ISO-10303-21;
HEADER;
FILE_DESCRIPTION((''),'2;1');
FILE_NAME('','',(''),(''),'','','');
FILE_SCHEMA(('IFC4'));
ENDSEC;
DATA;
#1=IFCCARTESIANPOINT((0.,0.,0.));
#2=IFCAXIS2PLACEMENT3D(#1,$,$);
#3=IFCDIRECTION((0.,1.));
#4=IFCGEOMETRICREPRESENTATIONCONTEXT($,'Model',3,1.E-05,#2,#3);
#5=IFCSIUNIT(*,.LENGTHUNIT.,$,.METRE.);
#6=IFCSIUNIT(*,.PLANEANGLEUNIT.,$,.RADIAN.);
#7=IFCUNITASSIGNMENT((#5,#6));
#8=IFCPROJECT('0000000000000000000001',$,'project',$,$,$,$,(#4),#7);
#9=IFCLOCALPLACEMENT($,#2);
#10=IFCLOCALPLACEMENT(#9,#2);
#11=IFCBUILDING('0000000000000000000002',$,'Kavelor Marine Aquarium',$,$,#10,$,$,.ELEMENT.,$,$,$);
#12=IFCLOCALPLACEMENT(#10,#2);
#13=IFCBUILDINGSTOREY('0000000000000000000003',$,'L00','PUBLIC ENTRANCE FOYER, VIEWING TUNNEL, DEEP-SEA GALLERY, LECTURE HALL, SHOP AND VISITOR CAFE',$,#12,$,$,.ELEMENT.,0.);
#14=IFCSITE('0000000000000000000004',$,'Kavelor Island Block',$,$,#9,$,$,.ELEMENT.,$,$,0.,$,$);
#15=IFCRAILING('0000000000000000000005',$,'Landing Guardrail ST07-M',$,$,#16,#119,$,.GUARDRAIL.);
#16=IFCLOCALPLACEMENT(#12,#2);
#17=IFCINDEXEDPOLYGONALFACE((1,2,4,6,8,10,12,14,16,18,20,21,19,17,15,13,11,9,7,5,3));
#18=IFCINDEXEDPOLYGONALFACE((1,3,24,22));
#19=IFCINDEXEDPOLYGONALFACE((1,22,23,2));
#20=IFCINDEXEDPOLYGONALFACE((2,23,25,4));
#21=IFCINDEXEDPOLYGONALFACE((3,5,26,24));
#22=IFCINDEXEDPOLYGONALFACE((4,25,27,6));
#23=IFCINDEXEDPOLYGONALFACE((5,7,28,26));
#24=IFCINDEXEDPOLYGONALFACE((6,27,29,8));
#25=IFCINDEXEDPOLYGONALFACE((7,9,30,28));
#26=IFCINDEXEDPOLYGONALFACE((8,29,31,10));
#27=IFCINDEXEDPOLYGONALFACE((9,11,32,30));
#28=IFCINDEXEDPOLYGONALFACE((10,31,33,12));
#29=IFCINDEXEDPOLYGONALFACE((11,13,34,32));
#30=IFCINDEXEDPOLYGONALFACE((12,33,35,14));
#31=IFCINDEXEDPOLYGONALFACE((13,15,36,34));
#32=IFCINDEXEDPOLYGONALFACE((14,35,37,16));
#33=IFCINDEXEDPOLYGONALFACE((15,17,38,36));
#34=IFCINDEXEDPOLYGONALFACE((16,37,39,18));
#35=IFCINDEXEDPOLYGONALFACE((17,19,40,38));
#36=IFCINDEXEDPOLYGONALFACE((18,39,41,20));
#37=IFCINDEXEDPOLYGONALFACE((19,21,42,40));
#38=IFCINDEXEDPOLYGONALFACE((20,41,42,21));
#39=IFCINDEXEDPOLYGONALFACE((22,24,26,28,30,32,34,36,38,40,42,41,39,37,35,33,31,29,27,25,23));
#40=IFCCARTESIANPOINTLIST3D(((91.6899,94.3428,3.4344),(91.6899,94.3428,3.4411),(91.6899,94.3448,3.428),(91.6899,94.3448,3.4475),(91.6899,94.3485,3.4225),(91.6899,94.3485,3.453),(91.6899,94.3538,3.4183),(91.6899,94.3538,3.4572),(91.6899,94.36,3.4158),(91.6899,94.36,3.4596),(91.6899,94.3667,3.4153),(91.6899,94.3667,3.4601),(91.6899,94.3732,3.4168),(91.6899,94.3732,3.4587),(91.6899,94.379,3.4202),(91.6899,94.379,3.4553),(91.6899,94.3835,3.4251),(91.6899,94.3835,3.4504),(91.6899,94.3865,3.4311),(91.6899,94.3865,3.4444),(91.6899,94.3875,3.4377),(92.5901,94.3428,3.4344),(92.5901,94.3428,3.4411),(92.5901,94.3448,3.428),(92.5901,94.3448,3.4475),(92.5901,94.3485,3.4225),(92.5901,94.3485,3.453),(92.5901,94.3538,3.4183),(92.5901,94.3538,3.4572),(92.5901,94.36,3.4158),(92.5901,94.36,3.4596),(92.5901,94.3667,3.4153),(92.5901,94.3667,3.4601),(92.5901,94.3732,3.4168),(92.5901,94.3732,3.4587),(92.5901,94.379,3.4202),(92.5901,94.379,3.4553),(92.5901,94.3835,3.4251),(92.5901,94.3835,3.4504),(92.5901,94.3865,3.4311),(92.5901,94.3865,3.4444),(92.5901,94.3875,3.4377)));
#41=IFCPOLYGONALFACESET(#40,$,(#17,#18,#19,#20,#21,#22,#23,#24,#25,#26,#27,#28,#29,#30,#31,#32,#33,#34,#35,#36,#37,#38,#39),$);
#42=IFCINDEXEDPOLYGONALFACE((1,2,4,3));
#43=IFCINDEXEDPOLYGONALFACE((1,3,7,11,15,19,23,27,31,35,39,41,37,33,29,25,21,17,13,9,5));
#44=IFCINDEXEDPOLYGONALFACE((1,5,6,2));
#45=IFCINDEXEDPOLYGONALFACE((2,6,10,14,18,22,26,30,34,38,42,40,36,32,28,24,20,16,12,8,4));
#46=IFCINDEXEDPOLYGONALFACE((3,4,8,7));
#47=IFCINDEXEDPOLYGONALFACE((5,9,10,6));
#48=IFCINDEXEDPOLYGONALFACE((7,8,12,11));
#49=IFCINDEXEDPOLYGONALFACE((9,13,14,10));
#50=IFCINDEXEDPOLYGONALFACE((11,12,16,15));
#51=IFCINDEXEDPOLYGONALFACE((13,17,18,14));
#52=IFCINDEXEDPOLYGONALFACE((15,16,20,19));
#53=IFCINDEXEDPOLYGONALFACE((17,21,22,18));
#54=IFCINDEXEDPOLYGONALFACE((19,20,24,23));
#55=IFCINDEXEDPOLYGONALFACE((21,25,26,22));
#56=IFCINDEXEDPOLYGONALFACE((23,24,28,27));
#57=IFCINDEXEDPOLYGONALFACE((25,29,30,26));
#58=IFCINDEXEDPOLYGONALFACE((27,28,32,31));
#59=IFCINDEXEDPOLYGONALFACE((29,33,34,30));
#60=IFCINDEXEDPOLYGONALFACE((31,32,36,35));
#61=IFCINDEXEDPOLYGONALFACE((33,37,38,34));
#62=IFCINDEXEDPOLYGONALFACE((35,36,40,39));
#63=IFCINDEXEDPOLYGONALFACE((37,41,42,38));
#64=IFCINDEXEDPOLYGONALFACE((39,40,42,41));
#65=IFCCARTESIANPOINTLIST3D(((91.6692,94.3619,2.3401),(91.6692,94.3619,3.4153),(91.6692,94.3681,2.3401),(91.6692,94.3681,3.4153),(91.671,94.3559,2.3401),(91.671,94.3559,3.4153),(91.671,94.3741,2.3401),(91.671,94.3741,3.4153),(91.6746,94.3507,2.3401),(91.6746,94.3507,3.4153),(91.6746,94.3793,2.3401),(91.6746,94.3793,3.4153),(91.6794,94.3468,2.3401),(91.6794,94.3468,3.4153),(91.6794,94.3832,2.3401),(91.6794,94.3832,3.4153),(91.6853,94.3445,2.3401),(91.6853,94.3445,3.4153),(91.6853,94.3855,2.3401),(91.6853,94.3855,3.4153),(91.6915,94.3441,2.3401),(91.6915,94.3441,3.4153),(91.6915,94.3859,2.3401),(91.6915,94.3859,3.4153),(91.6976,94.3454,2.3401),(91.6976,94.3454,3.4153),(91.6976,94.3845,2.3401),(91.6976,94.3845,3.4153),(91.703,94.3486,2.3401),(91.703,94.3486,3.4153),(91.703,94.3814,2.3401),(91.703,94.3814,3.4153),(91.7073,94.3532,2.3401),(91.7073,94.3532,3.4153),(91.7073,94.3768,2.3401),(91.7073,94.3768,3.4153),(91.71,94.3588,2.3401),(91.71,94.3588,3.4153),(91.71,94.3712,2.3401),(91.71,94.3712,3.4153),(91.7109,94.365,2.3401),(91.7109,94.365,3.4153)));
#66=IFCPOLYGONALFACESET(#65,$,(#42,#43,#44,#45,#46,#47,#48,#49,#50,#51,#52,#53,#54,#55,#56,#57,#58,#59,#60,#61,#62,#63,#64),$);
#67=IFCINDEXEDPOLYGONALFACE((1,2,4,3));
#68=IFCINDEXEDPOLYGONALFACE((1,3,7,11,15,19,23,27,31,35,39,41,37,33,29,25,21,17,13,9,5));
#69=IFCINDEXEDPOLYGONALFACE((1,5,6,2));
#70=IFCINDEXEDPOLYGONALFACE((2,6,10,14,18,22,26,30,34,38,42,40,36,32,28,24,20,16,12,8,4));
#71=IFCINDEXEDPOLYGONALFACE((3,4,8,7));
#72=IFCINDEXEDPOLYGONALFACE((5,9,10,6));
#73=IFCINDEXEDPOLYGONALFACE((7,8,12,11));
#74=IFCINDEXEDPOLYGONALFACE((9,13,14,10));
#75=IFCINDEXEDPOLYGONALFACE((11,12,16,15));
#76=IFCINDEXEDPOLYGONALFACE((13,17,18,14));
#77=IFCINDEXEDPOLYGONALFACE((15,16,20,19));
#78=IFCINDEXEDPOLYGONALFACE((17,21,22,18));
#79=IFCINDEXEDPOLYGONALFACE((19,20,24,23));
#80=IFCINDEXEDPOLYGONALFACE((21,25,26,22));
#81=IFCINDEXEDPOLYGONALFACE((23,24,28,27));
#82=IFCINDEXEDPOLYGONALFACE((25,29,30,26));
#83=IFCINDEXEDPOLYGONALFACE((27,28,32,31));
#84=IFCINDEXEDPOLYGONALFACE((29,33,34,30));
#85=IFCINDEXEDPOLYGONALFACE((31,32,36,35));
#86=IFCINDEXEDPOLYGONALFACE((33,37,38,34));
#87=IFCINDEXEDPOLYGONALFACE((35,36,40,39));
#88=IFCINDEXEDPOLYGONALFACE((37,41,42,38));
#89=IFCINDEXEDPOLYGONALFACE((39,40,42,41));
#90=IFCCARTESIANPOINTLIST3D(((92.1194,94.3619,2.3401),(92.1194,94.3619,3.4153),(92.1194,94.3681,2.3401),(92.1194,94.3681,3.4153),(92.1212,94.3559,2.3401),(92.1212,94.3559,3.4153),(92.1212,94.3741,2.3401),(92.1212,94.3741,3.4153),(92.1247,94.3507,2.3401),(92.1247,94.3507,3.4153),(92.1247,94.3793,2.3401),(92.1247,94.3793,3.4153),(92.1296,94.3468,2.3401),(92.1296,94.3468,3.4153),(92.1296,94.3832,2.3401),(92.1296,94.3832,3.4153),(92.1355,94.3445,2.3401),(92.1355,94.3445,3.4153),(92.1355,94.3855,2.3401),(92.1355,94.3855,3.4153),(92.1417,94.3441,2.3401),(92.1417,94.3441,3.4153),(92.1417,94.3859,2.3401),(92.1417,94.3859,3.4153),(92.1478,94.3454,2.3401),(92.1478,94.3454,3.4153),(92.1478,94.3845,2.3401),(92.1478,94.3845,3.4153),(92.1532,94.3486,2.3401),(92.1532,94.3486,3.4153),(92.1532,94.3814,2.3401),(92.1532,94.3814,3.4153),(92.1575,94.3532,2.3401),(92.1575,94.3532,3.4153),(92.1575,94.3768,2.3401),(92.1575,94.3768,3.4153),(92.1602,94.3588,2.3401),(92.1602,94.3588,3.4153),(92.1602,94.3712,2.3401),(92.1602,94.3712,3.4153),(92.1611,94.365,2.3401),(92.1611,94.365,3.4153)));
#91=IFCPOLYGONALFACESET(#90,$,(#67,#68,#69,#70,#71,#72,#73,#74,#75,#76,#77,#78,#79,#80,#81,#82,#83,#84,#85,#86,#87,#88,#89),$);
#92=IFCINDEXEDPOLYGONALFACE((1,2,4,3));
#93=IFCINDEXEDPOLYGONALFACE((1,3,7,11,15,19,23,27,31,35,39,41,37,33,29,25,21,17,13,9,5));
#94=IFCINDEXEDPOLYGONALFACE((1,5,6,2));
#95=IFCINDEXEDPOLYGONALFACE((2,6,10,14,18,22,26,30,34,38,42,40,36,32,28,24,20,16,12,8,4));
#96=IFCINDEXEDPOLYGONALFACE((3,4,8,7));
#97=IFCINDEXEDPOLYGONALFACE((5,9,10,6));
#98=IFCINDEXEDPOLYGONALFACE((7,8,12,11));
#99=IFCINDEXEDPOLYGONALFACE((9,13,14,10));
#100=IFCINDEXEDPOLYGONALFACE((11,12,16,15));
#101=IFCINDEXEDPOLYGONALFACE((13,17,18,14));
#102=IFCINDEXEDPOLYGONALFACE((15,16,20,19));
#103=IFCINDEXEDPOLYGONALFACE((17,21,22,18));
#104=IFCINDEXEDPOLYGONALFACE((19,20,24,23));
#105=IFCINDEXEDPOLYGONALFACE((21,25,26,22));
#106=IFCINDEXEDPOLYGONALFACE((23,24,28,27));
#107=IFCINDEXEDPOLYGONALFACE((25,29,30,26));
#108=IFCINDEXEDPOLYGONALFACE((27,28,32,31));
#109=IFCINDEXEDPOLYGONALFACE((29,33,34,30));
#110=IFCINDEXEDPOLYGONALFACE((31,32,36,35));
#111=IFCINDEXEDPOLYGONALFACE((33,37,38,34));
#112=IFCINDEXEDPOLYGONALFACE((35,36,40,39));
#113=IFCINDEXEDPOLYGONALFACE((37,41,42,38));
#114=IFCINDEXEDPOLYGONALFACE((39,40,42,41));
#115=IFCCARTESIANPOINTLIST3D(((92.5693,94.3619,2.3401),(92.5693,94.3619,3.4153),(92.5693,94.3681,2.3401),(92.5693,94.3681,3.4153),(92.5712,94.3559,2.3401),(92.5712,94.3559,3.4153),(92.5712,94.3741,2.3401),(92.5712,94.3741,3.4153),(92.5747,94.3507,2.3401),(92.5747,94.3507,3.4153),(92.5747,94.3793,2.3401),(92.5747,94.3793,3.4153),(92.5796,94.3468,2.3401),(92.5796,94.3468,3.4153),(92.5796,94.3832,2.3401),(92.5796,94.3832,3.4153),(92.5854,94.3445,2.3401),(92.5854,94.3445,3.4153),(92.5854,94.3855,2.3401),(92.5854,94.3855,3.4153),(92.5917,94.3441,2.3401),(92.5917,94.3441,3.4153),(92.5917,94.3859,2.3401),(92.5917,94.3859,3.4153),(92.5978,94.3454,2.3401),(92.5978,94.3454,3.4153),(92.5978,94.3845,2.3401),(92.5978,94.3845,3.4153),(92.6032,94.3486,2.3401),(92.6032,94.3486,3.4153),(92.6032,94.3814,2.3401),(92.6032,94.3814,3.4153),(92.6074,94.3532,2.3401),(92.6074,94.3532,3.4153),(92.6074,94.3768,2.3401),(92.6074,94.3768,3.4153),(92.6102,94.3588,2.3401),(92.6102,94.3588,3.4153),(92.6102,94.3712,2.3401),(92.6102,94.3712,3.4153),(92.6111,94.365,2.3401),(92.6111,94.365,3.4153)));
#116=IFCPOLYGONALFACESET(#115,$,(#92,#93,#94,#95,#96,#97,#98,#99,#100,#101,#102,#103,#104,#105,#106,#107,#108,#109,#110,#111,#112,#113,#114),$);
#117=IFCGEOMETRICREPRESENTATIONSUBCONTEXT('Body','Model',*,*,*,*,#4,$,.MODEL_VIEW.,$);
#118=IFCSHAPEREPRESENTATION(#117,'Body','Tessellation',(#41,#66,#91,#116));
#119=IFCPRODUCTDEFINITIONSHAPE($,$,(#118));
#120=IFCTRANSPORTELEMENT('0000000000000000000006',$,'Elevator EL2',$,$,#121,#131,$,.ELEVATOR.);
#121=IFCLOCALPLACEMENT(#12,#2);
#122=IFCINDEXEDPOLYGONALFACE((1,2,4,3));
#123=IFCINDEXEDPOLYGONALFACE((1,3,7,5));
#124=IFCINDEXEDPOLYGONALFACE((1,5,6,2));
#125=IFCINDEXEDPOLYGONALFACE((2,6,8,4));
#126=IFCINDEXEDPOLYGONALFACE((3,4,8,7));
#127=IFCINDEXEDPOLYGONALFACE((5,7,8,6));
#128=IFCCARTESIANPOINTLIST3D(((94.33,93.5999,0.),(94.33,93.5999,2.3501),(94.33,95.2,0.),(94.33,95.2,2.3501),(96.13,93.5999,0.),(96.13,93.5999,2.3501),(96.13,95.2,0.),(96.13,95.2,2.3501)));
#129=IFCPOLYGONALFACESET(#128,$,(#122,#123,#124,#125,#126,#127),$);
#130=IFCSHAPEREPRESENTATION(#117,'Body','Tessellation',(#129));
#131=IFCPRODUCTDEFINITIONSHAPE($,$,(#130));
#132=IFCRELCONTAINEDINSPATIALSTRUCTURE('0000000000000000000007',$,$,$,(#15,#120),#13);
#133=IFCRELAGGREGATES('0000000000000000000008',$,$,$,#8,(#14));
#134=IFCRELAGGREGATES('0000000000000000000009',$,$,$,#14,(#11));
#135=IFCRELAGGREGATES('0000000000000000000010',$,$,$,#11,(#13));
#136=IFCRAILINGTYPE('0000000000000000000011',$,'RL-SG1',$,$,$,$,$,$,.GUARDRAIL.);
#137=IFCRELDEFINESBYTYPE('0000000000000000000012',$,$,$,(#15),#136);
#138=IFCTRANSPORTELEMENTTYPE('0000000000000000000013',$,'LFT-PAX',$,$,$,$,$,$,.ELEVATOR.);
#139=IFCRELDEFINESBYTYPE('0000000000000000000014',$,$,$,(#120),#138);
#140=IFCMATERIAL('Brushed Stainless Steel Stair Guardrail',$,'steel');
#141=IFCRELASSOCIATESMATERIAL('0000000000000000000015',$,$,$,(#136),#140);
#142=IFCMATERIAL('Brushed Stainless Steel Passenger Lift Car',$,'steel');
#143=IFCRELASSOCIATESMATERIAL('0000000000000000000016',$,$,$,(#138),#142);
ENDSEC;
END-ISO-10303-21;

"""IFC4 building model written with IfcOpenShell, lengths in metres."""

from ifc_helpers import new_model, si_unit, direction, frame, origin, origin_2d, place, context, subcontext, project, spatial, rectangle, circle, extrude, material, type_object, element, save


model = new_model("IFC4")

# Units and contexts
model_context = context("Model", 3, precision=1e-05, world=origin(), true_north=direction((0.0, 1.0)))
body_context = subcontext(model_context, "Body", "Model", "MODEL_VIEW")
ifc_project = project(units=[si_unit("LENGTHUNIT", "METRE"), si_unit("PLANEANGLEUNIT", "RADIAN")], contexts=[model_context])

# Site, building, storey
site_placement = place(None, origin())
site = spatial("IfcSite", under=ifc_project, at=site_placement, Name="Kavelor Island Block", CompositionType="ELEMENT", RefElevation=0.0)
building_placement = place(site_placement, origin())
building = spatial("IfcBuilding", under=site, at=building_placement, Name="Kavelor Marine Aquarium", CompositionType="ELEMENT")
storey_placement = place(building_placement, origin())
storey = spatial("IfcBuildingStorey", under=building, at=storey_placement, Name="L00", Description="PUBLIC ENTRANCE FOYER, VIEWING TUNNEL, DEEP-SEA GALLERY, LECTURE HALL, SHOP AND VISITOR CAFE", CompositionType="ELEMENT", Elevation=0.0)

# Railing
ifc_material_1 = material(Name="Brushed Stainless Steel Stair Guardrail", Category="steel")
railing_type_1 = type_object("IfcRailingType", Name="RL-SG1", PredefinedType="GUARDRAIL", material=ifc_material_1)
railing_1_placement = place(storey_placement, frame((91.6899, 94.365, 2.3401)))
element("IfcRailing", 1, at=railing_1_placement, inside=storey, type_object=railing_type_1, Name="Landing Guardrail ST07-M", PredefinedType="GUARDRAIL", context=body_context, shape_type="SweptSolid", body=[
    extrude(circle(Radius=0.0225, at=origin_2d()), frame((0.0, 0.0, 1.0977), z_axis=(1.0, 0.0, 0.0), x_axis=(0.0, 1.0, 0.0)), (0.0, 0.0, 1.0), 0.9001),
    extrude(circle(Radius=0.021, at=origin_2d()), origin(), (0.0, 0.0, 1.0), 1.0752),
    extrude(circle(Radius=0.021, at=origin_2d()), frame((0.4502, 0.0, 0.0)), (0.0, 0.0, 1.0), 1.0752),
    extrude(circle(Radius=0.021, at=origin_2d()), frame((0.9001, 0.0, 0.0)), (0.0, 0.0, 1.0), 1.0752),
])

# Transport element
ifc_material_2 = material(Name="Brushed Stainless Steel Passenger Lift Car", Category="steel")
transport_element_type = type_object("IfcTransportElementType", Name="LFT-PAX", PredefinedType="ELEVATOR", material=ifc_material_2)
transport_element_placement = place(storey_placement, frame((95.23, 94.3999, 0.0), z_axis=(0.0, 0.0, 1.0), x_axis=(1.0, 0.0, 0.0)))
element("IfcTransportElement", 2, at=transport_element_placement, inside=storey, type_object=transport_element_type, Name="Elevator EL2", PredefinedType="ELEVATOR", context=body_context, shape_type="SweptSolid", body=[
    extrude(rectangle(XDim=1.8, YDim=1.6001, at=origin_2d()), origin(), (0.0, 0.0, 1.0), 2.3501),
])

save(model, "model.ifc")
